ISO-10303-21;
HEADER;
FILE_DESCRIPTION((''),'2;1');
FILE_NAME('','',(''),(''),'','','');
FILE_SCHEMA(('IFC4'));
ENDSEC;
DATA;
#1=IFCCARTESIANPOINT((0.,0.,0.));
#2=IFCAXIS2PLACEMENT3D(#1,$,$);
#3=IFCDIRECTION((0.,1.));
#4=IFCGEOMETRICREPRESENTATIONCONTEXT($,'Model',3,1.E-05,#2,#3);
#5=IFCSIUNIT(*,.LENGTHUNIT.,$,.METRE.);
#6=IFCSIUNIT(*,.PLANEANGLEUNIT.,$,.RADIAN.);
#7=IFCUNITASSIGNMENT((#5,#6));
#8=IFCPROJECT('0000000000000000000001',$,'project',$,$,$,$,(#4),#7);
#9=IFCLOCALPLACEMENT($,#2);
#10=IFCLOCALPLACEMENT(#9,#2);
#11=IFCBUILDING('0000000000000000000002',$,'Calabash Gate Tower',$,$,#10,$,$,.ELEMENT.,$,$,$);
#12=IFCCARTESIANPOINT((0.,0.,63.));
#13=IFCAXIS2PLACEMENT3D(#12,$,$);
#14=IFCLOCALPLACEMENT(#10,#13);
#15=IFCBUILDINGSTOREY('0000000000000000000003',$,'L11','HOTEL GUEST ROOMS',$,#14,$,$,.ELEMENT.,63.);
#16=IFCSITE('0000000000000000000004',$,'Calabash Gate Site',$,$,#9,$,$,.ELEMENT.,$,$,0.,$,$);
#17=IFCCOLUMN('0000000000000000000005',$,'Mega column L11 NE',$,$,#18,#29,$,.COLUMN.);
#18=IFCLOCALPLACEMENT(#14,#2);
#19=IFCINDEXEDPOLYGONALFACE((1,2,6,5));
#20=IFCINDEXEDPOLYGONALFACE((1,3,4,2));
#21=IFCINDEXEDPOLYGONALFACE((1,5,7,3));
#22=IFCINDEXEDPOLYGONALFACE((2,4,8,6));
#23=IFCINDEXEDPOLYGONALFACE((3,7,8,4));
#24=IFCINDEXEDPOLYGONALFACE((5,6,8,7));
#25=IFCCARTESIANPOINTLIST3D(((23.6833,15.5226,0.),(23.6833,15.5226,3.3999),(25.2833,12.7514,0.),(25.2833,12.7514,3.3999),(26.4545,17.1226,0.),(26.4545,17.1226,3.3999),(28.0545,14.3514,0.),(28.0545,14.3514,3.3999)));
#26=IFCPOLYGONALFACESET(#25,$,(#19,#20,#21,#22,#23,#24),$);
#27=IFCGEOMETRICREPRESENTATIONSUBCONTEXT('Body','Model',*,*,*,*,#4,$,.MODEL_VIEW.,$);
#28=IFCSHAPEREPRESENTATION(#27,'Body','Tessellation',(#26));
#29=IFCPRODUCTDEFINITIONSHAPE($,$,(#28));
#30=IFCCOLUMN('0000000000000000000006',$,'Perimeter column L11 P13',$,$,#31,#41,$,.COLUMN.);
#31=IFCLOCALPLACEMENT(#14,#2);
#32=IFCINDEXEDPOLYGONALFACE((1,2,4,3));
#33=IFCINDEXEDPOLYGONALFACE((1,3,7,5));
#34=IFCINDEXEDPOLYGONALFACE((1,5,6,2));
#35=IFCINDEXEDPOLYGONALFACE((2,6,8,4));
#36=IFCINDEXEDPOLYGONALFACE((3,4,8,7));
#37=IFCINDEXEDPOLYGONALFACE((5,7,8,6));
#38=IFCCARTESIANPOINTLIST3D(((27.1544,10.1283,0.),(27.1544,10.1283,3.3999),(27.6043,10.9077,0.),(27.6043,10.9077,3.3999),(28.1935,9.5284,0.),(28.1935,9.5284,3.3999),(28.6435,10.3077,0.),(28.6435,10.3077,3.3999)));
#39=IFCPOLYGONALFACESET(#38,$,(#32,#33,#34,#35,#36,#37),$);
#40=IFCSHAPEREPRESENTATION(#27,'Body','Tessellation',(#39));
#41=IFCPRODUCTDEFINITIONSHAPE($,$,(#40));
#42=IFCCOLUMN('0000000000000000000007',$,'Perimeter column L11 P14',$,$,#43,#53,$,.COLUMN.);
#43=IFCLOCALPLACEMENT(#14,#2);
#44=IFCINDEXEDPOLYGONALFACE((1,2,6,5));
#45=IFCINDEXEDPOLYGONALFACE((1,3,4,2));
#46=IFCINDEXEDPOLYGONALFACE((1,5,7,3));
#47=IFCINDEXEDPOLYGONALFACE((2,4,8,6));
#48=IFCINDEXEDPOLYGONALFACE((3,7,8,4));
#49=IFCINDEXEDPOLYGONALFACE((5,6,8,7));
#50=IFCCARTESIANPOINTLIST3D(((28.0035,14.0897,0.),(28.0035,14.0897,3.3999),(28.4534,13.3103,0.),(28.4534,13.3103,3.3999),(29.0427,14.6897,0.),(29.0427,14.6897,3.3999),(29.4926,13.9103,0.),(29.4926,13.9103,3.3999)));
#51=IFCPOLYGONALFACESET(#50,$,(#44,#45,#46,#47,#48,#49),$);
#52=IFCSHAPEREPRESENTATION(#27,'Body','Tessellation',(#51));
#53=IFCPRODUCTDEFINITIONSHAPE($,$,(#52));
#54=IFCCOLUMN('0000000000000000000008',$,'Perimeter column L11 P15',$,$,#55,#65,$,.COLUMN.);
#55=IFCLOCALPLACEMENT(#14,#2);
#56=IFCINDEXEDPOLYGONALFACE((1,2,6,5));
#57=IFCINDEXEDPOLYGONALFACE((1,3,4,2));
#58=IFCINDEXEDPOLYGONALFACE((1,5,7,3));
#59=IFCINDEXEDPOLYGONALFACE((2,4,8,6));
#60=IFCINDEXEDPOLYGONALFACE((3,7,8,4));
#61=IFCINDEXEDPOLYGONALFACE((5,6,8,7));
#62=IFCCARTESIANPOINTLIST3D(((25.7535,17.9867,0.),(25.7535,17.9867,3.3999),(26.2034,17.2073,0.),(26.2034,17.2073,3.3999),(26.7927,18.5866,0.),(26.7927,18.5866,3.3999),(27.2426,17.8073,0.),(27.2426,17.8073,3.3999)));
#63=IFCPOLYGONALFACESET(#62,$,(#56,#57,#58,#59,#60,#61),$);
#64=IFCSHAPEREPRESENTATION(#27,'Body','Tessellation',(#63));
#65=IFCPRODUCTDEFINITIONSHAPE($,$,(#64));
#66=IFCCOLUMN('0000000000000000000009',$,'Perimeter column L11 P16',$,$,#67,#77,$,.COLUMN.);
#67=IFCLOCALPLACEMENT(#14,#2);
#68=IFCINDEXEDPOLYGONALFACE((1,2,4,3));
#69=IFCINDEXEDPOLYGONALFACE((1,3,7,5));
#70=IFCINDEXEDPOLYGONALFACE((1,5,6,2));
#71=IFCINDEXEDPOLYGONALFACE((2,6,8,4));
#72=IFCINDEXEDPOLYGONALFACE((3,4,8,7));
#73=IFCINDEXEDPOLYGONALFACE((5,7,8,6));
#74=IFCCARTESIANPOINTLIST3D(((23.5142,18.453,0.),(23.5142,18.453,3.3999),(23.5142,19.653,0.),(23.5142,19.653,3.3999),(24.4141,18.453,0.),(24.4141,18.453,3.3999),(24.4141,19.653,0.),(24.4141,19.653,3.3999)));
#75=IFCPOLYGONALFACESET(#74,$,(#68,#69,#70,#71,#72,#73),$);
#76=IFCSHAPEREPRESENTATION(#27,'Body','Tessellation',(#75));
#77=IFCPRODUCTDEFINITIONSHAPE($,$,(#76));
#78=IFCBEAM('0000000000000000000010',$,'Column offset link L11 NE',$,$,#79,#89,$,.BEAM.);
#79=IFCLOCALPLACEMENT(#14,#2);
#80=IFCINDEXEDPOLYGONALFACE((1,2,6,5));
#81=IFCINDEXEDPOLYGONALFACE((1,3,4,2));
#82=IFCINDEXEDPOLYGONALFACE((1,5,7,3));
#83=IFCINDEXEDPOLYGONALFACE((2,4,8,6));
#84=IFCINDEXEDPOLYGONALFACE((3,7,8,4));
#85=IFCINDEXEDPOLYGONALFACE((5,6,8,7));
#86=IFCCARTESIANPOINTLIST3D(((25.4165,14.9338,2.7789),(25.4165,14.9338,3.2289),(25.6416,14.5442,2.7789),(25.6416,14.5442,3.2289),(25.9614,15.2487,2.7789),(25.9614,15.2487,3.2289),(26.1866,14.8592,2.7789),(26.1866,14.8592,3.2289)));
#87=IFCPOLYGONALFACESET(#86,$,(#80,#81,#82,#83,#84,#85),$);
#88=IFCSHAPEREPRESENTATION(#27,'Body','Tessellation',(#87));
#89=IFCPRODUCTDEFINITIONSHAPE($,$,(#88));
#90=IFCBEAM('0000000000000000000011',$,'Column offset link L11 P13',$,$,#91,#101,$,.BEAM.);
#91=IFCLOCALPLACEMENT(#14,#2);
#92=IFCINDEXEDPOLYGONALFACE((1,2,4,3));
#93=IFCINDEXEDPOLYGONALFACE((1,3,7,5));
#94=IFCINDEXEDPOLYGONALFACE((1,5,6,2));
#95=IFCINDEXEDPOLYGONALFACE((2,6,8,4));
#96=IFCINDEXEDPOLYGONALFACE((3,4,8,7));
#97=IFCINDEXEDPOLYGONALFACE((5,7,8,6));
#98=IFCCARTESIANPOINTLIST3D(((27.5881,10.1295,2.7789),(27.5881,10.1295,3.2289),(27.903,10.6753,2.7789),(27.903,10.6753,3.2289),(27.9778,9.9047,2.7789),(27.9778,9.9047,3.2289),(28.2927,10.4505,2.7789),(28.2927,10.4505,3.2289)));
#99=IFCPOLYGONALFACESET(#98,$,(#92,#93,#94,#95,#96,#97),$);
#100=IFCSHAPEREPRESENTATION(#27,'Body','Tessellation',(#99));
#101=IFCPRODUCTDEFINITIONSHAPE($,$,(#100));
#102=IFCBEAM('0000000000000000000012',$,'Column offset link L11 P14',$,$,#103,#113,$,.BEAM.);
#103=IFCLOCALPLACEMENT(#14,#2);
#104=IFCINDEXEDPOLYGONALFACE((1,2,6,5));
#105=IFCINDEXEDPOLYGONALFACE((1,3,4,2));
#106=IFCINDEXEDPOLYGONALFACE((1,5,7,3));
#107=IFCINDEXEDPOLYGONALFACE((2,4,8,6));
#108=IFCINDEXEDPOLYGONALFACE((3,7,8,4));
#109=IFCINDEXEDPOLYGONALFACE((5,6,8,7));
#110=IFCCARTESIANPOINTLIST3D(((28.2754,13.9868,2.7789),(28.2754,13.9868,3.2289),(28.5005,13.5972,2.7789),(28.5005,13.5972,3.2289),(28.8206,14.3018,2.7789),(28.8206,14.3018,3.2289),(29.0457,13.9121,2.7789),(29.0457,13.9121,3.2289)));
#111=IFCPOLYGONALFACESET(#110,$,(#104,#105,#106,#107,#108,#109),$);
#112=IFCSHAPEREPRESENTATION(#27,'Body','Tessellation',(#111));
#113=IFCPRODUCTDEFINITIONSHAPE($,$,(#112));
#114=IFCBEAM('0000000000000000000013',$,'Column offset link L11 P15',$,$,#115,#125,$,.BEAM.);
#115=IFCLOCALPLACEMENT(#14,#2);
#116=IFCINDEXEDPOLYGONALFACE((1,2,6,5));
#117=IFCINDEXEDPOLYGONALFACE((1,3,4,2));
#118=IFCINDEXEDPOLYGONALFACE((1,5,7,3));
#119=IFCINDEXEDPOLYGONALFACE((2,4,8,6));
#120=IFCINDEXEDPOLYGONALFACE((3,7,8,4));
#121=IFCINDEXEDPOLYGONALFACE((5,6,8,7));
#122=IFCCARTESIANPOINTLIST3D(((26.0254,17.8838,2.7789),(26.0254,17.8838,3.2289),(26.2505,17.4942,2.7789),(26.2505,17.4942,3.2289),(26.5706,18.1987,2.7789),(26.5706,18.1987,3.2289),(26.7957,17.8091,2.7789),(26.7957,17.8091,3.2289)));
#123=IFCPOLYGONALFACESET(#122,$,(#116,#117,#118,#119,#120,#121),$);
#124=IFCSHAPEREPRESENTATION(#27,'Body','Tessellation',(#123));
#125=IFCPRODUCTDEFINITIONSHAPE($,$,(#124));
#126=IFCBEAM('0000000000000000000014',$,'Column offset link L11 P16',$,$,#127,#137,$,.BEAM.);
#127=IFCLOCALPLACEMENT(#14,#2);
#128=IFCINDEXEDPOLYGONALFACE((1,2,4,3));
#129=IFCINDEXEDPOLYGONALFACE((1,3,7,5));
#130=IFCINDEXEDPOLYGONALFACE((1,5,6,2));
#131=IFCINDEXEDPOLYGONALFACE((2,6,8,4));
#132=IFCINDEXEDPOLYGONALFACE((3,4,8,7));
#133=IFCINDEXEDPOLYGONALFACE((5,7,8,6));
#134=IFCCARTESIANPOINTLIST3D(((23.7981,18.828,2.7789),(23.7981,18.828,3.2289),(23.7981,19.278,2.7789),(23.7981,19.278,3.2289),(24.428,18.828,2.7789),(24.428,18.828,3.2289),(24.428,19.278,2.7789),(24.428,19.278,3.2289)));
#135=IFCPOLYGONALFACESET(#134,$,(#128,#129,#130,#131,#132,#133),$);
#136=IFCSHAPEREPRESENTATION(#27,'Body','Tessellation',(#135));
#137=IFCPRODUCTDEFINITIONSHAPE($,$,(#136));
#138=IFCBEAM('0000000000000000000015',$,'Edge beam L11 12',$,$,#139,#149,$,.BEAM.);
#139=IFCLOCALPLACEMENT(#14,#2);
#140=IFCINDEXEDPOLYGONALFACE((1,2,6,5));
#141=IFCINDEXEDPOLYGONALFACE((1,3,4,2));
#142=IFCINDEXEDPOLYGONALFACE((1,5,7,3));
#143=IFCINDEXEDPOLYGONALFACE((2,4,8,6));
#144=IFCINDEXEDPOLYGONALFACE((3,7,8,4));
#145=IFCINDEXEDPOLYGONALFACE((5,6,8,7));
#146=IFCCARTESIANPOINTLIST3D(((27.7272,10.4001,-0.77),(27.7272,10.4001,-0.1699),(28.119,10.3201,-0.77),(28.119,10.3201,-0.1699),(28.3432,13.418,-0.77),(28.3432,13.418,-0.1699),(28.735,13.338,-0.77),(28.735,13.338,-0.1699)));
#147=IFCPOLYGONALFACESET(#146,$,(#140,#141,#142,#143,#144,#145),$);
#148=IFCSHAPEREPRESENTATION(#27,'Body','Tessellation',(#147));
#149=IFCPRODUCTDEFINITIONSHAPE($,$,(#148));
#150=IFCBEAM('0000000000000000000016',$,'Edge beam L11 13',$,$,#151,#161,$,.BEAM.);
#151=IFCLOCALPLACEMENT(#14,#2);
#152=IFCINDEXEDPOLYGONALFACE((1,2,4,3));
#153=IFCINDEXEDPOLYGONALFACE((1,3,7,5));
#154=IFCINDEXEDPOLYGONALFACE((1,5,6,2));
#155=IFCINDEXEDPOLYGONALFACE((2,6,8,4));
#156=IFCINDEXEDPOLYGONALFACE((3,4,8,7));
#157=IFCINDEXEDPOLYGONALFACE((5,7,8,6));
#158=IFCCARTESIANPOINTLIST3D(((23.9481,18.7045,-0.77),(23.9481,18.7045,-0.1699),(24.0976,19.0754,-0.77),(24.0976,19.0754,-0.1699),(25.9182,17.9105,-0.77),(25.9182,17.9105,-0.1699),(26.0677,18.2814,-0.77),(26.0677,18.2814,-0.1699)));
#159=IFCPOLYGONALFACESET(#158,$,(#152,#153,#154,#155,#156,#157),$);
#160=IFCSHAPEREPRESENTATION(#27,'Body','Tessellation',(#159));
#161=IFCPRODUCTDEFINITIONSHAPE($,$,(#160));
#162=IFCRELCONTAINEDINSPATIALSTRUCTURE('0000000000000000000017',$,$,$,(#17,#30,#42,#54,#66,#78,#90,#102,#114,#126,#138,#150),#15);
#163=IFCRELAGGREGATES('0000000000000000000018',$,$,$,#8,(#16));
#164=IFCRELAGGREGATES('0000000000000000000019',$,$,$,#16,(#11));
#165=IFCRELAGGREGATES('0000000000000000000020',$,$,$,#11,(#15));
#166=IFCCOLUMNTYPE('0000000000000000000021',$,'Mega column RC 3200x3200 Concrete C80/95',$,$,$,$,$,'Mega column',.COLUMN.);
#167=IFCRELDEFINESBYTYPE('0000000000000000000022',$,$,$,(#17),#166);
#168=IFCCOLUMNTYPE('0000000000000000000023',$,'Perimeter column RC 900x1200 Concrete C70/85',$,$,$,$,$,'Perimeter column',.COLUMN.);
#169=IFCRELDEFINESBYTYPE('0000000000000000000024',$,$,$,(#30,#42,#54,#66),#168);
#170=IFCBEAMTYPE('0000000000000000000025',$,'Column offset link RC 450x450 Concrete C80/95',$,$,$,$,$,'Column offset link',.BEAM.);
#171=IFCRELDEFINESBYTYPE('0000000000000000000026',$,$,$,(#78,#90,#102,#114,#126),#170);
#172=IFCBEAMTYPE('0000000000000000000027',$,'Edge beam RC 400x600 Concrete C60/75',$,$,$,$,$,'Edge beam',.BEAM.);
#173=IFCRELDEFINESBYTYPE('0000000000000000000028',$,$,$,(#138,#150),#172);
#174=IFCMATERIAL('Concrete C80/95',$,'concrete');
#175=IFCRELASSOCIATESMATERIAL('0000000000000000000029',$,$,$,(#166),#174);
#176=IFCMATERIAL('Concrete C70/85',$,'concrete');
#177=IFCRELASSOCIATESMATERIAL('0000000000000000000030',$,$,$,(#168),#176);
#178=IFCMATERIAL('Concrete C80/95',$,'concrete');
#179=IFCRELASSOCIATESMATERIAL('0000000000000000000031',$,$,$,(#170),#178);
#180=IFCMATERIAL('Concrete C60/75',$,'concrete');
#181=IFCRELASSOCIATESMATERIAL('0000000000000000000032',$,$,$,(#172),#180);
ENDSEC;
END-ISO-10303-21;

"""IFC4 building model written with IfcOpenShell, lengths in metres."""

from ifc_helpers import new_model, si_unit, direction, frame, origin, origin_2d, place, context, subcontext, project, spatial, rectangle, extrude, material, material_profile, profile_set, type_object, element, save


model = new_model("IFC4")

# Units and contexts
model_context = context("Model", 3, precision=1e-05, world=origin(), true_north=direction((0.0, 1.0)))
body_context = subcontext(model_context, "Body", "Model", "MODEL_VIEW")
ifc_project = project(units=[si_unit("LENGTHUNIT", "METRE"), si_unit("PLANEANGLEUNIT", "RADIAN")], contexts=[model_context])

# Site, building, storey
site_placement = place(None, origin())
site = spatial("IfcSite", under=ifc_project, at=site_placement, Name="Calabash Gate Site", CompositionType="ELEMENT", RefElevation=0.0)
building_placement = place(site_placement, origin())
building = spatial("IfcBuilding", under=site, at=building_placement, Name="Calabash Gate Tower", CompositionType="ELEMENT")
storey_placement = place(building_placement, frame((0.0, 0.0, 63.0)))
storey = spatial("IfcBuildingStorey", under=building, at=storey_placement, Name="L11", Description="HOTEL GUEST ROOMS", CompositionType="ELEMENT", Elevation=63.0)

# Columns
ifc_material_1 = material(Name="Concrete C80/95", Category="concrete")
ifc_material_profile_1 = material_profile(ifc_material_1, rectangle(XDim=3.2, YDim=3.2, at=origin_2d()))
ifc_profile_set_1 = profile_set([ifc_material_profile_1], Name="Concrete C80/95")
column_type_1 = type_object("IfcColumnType", Name="Mega column RC 3200x3200 Concrete C80/95", ElementType="Mega column", PredefinedType="COLUMN", material=ifc_profile_set_1)
column_placement = place(storey_placement, frame((25.8689, 14.937, 0.0), z_axis=(0.0, 0.0, 1.0), x_axis=(-0.866025, -0.5, 0.0)))
element("IfcColumn", 1, at=column_placement, inside=storey, type_object=column_type_1, Name="Mega column L11 NE", PredefinedType="COLUMN", context=body_context, shape_type="SweptSolid", body=[
    extrude(rectangle(XDim=3.2, YDim=3.2, at=origin_2d()), origin(), (0.0, 0.0, 1.0), 3.3999),
])
ifc_material_2 = material(Name="Concrete C70/85", Category="concrete")
ifc_material_profile_2 = material_profile(ifc_material_2, rectangle(XDim=0.8999, YDim=1.2, at=origin_2d()))
ifc_profile_set_2 = profile_set([ifc_material_profile_2], Name="Concrete C70/85")
column_type_2 = type_object("IfcColumnType", Name="Perimeter column RC 900x1200 Concrete C70/85", ElementType="Perimeter column", PredefinedType="COLUMN", material=ifc_profile_set_2)
for number, where, z_axis, x_axis, name in (
    (2, (27.8989, 10.218, 0.0), (0.0, 0.0, 1.0), (0.5, 0.866025, 0.0), "Perimeter column L11 P13"),
    (3, (28.748, 14.0, 0.0), (0.0, 0.0, 1.0), (-0.5, 0.866025, 0.0), "Perimeter column L11 P14"),
    (4, (26.498, 17.897, 0.0), (0.0, 0.0, 1.0), (-0.5, 0.866025, 0.0), "Perimeter column L11 P15"),
    (5, (23.9641, 19.053, 0.0), (0.0, 0.0, 1.0), (-1.0, 0.0, 0.0), "Perimeter column L11 P16"),
):
    element("IfcColumn", number, at=place(storey_placement, frame(where, z_axis=z_axis, x_axis=x_axis)), inside=storey, type_object=column_type_2, Name=name, PredefinedType="COLUMN", context=body_context, shape_type="SweptSolid", body=[
        extrude(rectangle(XDim=0.8999, YDim=1.2, at=origin_2d()), origin(), (0.0, 0.0, 1.0), 3.3999),
    ])

# Beams
ifc_material_3 = material(Name="Concrete C80/95", Category="concrete")
ifc_material_profile_3 = material_profile(ifc_material_3, rectangle(XDim=0.45, YDim=0.45, at=origin_2d()))
ifc_profile_set_3 = profile_set([ifc_material_profile_3], Name="Concrete C80/95")
beam_type_1 = type_object("IfcBeamType", Name="Column offset link RC 450x450 Concrete C80/95", ElementType="Column offset link", PredefinedType="BEAM", material=ifc_profile_set_3)
beam_1_placement = place(storey_placement, frame((25.5291, 14.739, 3.0039), z_axis=(0.865798, 0.500394, 0.0), x_axis=(-0.500394, 0.865798, 0.0)))
element("IfcBeam", 6, at=beam_1_placement, inside=storey, type_object=beam_type_1, Name="Column offset link L11 NE", PredefinedType="BEAM", context=body_context, shape_type="SweptSolid", body=[
    extrude(rectangle(XDim=0.45, YDim=0.45, at=origin_2d()), origin(), (0.0, 0.0, 1.0), 0.6294),
])
beam_2_placement = place(storey_placement, frame((27.783, 10.0171, 3.0039), z_axis=(0.499722, 0.866186, 0.0), x_axis=(-0.866186, 0.499722, 0.0)))
element("IfcBeam", 7, at=beam_2_placement, inside=storey, type_object=beam_type_1, Name="Column offset link L11 P13", PredefinedType="BEAM", context=body_context, shape_type="SweptSolid", body=[
    extrude(rectangle(XDim=0.45, YDim=0.45, at=origin_2d()), origin(), (0.0, 0.0, 1.0), 0.6301),
])
for number, where, z_axis, x_axis, name in (
    (8, (28.3879, 13.792, 3.0039), (0.865895, 0.500226, 0.0), (-0.500226, 0.865895, 0.0), "Column offset link L11 P14"),
    (9, (26.1379, 17.689, 3.0039), (0.865895, 0.500226, 0.0), (-0.500226, 0.865895, 0.0), "Column offset link L11 P15"),
):
    element("IfcBeam", number, at=place(storey_placement, frame(where, z_axis=z_axis, x_axis=x_axis)), inside=storey, type_object=beam_type_1, Name=name, PredefinedType="BEAM", context=body_context, shape_type="SweptSolid", body=[
        extrude(rectangle(XDim=0.45, YDim=0.45, at=origin_2d()), origin(), (0.0, 0.0, 1.0), 0.6296),
    ])
beam_3_placement = place(storey_placement, frame((23.7981, 19.053, 3.0039), z_axis=(1.0, 0.0, 0.0), x_axis=(0.0, 1.0, 0.0)))
element("IfcBeam", 10, at=beam_3_placement, inside=storey, type_object=beam_type_1, Name="Column offset link L11 P16", PredefinedType="BEAM", context=body_context, shape_type="SweptSolid", body=[
    extrude(rectangle(XDim=0.45, YDim=0.45, at=origin_2d()), origin(), (0.0, 0.0, 1.0), 0.6299),
])
ifc_material_4 = material(Name="Concrete C60/75", Category="concrete")
ifc_material_profile_4 = material_profile(ifc_material_4, rectangle(XDim=0.3999, YDim=0.6001, at=origin_2d()))
ifc_profile_set_4 = profile_set([ifc_material_profile_4], Name="Concrete C60/75")
beam_type_2 = type_object("IfcBeamType", Name="Edge beam RC 400x600 Concrete C60/75", ElementType="Edge beam", PredefinedType="BEAM", material=ifc_profile_set_4)
beam_4_placement = place(storey_placement, frame((27.9231, 10.3601, -0.47), z_axis=(0.199986, 0.979799, 0.0), x_axis=(-0.979799, 0.199986, 0.0)))
element("IfcBeam", 11, at=beam_4_placement, inside=storey, type_object=beam_type_2, Name="Edge beam L11 12", PredefinedType="BEAM", context=body_context, shape_type="SweptSolid", body=[
    extrude(rectangle(XDim=0.3999, YDim=0.6001, at=origin_2d()), origin(), (0.0, 0.0, 1.0), 3.0801),
])
beam_5_placement = place(storey_placement, frame((25.9929, 18.0959, -0.47), z_axis=(-0.927506, 0.373807, 0.0), x_axis=(-0.373807, -0.927506, 0.0)))
element("IfcBeam", 12, at=beam_5_placement, inside=storey, type_object=beam_type_2, Name="Edge beam L11 13", PredefinedType="BEAM", context=body_context, shape_type="SweptSolid", body=[
    extrude(rectangle(XDim=0.3999, YDim=0.6001, at=origin_2d()), origin(), (0.0, 0.0, 1.0), 2.124),
])

save(model, "model.ifc")
